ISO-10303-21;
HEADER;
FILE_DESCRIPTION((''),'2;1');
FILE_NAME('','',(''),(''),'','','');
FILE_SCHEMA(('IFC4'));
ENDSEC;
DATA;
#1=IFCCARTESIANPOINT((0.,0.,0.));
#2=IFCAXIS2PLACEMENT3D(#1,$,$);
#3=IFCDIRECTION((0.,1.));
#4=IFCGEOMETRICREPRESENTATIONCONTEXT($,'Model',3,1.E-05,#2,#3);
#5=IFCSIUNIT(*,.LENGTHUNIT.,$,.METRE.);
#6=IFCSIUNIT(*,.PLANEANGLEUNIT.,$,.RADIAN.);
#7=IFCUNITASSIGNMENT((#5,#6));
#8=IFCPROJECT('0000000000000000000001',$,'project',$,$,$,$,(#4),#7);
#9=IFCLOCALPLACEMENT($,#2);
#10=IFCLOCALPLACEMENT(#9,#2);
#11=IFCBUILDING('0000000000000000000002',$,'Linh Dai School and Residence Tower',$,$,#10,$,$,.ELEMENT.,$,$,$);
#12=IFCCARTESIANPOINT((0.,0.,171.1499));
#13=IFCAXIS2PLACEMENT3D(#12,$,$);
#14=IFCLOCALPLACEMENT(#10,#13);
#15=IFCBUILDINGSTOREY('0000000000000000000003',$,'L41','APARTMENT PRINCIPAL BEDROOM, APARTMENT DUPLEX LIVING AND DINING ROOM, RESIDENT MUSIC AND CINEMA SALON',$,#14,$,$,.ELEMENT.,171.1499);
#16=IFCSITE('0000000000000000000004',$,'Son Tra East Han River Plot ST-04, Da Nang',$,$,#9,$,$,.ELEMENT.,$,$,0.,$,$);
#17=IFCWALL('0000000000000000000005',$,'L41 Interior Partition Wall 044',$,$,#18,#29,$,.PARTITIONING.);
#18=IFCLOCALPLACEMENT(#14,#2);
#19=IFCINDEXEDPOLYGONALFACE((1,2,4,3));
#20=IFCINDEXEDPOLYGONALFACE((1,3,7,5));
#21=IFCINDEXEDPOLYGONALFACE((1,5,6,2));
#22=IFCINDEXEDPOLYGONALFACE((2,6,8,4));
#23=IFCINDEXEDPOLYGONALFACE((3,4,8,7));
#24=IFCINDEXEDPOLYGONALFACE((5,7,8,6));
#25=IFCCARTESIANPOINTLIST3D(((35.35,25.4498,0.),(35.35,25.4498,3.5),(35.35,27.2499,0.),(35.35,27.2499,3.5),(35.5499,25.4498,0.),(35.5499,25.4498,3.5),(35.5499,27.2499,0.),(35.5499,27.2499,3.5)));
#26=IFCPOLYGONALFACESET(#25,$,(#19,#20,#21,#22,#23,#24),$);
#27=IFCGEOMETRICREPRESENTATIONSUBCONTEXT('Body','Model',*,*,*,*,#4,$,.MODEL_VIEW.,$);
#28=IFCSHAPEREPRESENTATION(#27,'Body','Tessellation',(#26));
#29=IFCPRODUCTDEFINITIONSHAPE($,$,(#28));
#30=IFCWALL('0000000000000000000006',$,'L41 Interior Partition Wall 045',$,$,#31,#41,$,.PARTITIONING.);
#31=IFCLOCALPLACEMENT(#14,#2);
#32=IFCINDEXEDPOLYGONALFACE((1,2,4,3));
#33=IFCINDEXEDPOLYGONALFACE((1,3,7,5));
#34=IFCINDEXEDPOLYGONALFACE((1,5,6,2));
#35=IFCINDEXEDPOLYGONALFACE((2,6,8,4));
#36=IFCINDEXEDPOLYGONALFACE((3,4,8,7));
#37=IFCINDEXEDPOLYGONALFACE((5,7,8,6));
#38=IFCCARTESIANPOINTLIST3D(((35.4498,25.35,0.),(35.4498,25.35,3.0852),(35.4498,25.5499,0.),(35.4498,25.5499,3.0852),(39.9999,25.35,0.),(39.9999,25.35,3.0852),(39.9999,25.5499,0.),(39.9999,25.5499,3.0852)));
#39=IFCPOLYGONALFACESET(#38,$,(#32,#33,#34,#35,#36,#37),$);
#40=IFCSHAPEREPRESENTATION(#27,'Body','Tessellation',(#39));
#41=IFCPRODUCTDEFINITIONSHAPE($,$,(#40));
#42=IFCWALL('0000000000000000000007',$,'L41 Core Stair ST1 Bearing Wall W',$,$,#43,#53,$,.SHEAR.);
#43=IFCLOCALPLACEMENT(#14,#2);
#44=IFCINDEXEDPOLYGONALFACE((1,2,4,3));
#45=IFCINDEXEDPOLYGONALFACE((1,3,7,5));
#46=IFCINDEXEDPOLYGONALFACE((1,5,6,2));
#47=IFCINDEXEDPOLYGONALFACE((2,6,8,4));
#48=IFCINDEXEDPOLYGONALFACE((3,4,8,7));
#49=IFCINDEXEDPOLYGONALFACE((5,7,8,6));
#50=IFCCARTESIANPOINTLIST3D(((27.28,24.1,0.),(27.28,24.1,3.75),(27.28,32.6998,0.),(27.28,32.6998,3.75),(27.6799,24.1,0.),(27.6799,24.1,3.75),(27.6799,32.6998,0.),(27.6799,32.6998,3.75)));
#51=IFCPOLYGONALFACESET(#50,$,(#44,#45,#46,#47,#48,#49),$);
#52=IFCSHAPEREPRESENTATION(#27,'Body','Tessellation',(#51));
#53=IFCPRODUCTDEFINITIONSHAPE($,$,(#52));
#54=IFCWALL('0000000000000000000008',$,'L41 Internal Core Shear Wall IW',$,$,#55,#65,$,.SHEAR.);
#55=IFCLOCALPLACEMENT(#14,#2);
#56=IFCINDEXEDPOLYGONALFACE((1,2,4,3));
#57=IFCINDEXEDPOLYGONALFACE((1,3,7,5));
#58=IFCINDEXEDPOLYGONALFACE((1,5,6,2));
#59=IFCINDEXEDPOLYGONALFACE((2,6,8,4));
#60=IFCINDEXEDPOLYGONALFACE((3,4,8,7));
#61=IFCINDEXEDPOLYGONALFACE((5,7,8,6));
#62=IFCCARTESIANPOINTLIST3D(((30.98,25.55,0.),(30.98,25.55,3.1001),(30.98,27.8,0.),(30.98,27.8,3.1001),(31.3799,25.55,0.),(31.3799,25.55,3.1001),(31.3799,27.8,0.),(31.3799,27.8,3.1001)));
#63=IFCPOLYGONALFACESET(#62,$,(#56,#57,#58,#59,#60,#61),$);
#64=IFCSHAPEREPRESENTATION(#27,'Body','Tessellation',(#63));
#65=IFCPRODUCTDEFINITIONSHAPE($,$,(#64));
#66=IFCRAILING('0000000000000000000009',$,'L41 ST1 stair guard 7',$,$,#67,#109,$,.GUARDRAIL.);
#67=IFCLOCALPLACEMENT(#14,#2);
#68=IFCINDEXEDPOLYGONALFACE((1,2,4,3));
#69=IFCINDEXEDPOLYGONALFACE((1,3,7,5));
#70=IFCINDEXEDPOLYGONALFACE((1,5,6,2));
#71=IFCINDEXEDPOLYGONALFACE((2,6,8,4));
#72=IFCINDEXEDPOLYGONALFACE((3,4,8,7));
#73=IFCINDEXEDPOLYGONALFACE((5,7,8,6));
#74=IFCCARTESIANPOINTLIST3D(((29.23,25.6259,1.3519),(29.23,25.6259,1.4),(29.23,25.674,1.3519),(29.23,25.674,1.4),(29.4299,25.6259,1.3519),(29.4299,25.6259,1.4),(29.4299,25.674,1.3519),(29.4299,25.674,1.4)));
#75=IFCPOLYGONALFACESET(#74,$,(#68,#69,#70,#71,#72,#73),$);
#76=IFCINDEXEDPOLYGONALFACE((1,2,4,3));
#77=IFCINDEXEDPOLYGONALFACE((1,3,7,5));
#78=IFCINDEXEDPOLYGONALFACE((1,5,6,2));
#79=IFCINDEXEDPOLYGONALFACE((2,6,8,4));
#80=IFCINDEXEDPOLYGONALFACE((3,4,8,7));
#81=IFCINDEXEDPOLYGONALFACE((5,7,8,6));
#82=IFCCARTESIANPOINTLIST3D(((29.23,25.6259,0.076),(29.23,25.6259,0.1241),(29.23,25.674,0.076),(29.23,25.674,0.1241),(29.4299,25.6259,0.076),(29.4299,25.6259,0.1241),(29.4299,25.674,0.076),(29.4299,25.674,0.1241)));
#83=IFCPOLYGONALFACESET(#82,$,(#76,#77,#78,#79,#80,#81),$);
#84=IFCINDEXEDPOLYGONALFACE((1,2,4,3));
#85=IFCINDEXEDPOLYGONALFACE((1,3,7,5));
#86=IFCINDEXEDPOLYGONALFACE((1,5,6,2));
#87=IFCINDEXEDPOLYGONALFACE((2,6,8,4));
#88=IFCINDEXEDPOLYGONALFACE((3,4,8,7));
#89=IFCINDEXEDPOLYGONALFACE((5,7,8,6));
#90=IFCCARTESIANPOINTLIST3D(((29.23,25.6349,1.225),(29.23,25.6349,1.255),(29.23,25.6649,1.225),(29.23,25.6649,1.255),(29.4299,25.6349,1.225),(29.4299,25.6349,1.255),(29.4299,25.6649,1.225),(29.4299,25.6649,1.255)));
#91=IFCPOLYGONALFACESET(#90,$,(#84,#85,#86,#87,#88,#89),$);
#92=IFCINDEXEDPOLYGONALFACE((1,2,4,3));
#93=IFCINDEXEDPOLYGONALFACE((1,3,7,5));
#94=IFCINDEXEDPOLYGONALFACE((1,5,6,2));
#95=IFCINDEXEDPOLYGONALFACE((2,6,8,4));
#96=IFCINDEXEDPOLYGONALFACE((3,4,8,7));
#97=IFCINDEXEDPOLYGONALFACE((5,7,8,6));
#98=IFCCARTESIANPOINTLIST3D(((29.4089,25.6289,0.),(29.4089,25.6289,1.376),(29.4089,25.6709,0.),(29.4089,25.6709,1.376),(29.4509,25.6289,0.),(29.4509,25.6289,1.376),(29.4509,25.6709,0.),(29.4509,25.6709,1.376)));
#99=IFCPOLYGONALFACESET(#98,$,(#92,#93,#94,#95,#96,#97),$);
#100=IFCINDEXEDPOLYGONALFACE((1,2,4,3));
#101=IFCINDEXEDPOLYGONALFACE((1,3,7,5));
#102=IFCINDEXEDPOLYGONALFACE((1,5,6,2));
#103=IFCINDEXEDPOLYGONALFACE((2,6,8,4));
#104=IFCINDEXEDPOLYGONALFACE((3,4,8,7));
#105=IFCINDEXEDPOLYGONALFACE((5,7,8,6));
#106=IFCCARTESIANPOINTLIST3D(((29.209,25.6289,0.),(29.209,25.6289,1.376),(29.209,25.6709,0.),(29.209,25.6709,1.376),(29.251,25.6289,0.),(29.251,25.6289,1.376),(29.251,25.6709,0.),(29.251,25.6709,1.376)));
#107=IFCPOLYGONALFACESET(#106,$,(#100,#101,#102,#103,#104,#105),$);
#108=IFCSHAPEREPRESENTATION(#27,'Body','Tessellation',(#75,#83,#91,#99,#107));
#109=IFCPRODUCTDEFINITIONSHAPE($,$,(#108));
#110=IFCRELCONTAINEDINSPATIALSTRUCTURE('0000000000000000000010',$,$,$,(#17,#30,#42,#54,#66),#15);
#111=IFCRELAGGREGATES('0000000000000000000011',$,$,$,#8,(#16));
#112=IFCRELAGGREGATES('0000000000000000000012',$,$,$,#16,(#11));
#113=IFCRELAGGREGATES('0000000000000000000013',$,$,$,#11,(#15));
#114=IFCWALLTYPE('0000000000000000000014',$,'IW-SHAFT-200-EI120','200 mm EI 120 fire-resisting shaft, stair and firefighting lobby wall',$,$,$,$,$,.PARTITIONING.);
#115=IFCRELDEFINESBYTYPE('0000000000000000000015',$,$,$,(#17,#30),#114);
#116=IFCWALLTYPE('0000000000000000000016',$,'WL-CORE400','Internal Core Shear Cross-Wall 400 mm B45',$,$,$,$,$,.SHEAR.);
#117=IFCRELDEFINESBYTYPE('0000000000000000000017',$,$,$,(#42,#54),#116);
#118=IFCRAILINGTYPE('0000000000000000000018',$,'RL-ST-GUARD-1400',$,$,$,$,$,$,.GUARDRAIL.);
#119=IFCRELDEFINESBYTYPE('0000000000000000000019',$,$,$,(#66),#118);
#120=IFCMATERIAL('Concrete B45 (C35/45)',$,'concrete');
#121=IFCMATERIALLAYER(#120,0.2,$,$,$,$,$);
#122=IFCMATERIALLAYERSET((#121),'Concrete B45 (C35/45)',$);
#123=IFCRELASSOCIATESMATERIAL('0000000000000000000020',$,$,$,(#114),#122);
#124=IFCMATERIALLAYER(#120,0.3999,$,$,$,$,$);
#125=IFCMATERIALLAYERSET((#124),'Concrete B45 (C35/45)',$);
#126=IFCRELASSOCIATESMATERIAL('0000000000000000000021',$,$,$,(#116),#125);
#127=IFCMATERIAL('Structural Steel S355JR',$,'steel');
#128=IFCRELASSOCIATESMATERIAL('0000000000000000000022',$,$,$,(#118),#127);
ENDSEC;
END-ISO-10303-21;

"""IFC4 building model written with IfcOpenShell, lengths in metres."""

from ifc_helpers import new_model, si_unit, direction, frame, frame_2d, origin, origin_2d, place, context, subcontext, project, spatial, rectangle, extrude, source, transform, mapped, material, layer, layer_set, type_object, element, save


model = new_model("IFC4")

# Units and contexts
model_context = context("Model", 3, precision=1e-05, world=origin(), true_north=direction((0.0, 1.0)))
body_context = subcontext(model_context, "Body", "Model", "MODEL_VIEW")
ifc_project = project(units=[si_unit("LENGTHUNIT", "METRE"), si_unit("PLANEANGLEUNIT", "RADIAN")], contexts=[model_context])

# Site, building, storey
site_placement = place(None, origin())
site = spatial("IfcSite", under=ifc_project, at=site_placement, Name="Son Tra East Han River Plot ST-04, Da Nang", CompositionType="ELEMENT", RefElevation=0.0)
building_placement = place(site_placement, origin())
building = spatial("IfcBuilding", under=site, at=building_placement, Name="Linh Dai School and Residence Tower", CompositionType="ELEMENT")
storey_placement = place(building_placement, frame((0.0, 0.0, 171.1499)))
storey = spatial("IfcBuildingStorey", under=building, at=storey_placement, Name="L41", Description="APARTMENT PRINCIPAL BEDROOM, APARTMENT DUPLEX LIVING AND DINING ROOM, RESIDENT MUSIC AND CINEMA SALON", CompositionType="ELEMENT", Elevation=171.1499)

# Shared definitions
ifc_material_1 = material(Name="Structural Steel S355JR", Category="steel")

# Shared definitions
ifc_material_2 = material(Name="Concrete B45 (C35/45)", Category="concrete")
ifc_layer_1 = layer(ifc_material_2, 0.2)
ifc_layer_set_1 = layer_set([ifc_layer_1], Name="Concrete B45 (C35/45)")
wall_type_1 = type_object("IfcWallType", Name="IW-SHAFT-200-EI120", Description="200 mm EI 120 fire-resisting shaft, stair and firefighting lobby wall", PredefinedType="PARTITIONING", material=ifc_layer_set_1)

# Walls
wall_1_placement = place(storey_placement, frame((35.45, 25.45, 0.0), z_axis=(0.0, 0.0, 1.0), x_axis=(0.0, 1.0, 0.0)))
element("IfcWall", 1, at=wall_1_placement, inside=storey, type_object=wall_type_1, Name="L41 Interior Partition Wall 044", PredefinedType="PARTITIONING", context=body_context, shape_type="SweptSolid", body=[
    extrude(rectangle(XDim=1.8, YDim=0.2, at=frame_2d((0.8999, 0.0))), origin(), (0.0, 0.0, 1.0), 3.5),
])
wall_2_placement = place(storey_placement, frame((35.45, 25.45, 0.0), z_axis=(0.0, 0.0, 1.0), x_axis=(1.0, 0.0, 0.0)))
element("IfcWall", 2, at=wall_2_placement, inside=storey, type_object=wall_type_1, Name="L41 Interior Partition Wall 045", PredefinedType="PARTITIONING", context=body_context, shape_type="SweptSolid", body=[
    extrude(rectangle(XDim=4.55, YDim=0.2, at=frame_2d((2.2749, 0.0))), origin(), (0.0, 0.0, 1.0), 3.0852),
])
ifc_layer_2 = layer(ifc_material_2, 0.3999)
ifc_layer_set_2 = layer_set([ifc_layer_2], Name="Concrete B45 (C35/45)")
wall_type_2 = type_object("IfcWallType", Name="WL-CORE400", Description="Internal Core Shear Cross-Wall 400 mm B45", PredefinedType="SHEAR", material=ifc_layer_set_2)
wall_3_placement = place(storey_placement, frame((27.48, 24.1001, 0.0), z_axis=(0.0, 0.0, 1.0), x_axis=(0.0, 1.0, 0.0)))
element("IfcWall", 3, at=wall_3_placement, inside=storey, type_object=wall_type_2, Name="L41 Core Stair ST1 Bearing Wall W", PredefinedType="SHEAR", context=body_context, shape_type="SweptSolid", body=[
    extrude(rectangle(XDim=8.5999, YDim=0.3999, at=frame_2d((4.2998, 0.0))), origin(), (0.0, 0.0, 1.0), 3.75),
])
wall_4_placement = place(storey_placement, frame((31.1799, 25.55, 0.0), z_axis=(0.0, 0.0, 1.0), x_axis=(0.0, 1.0, 0.0)))
element("IfcWall", 4, at=wall_4_placement, inside=storey, type_object=wall_type_2, Name="L41 Internal Core Shear Wall IW", PredefinedType="SHEAR", context=body_context, shape_type="SweptSolid", body=[
    extrude(rectangle(XDim=2.25, YDim=0.3999, at=frame_2d((1.125, 0.0))), origin(), (0.0, 0.0, 1.0), 3.1001),
])

# Railing
railing_type = type_object("IfcRailingType", Name="RL-ST-GUARD-1400", PredefinedType="GUARDRAIL", material=ifc_material_1)
shared_shape_1 = source(origin(), body_context, "Body", "SweptSolid", [
    extrude(rectangle(XDim=0.0481, YDim=0.0481, at=origin_2d()), frame((0.0, 0.0, 1.376), z_axis=(-1.0, 0.0, 0.0), x_axis=(0.0, -1.0, 0.0)), (0.0, 0.0, 1.0), 0.2),
    extrude(rectangle(XDim=0.0481, YDim=0.0481, at=origin_2d()), frame((0.0, 0.0, 0.1001), z_axis=(-1.0, 0.0, 0.0), x_axis=(0.0, -1.0, 0.0)), (0.0, 0.0, 1.0), 0.2),
    extrude(rectangle(XDim=0.03, YDim=0.03, at=origin_2d()), frame((0.0, 0.0, 1.24), z_axis=(-1.0, 0.0, 0.0), x_axis=(0.0, -1.0, 0.0)), (0.0, 0.0, 1.0), 0.2),
    extrude(rectangle(XDim=0.042, YDim=0.042, at=origin_2d()), origin(), (0.0, 0.0, 1.0), 1.376),
    extrude(rectangle(XDim=0.042, YDim=0.042, at=origin_2d()), frame((-0.2, 0.0, 0.0)), (0.0, 0.0, 1.0), 1.376),
])
railing_1_placement = place(storey_placement, frame((29.4299, 25.6499, 0.0)))
element("IfcRailing", 5, at=railing_1_placement, inside=storey, type_object=railing_type, Name="L41 ST1 stair guard 7", PredefinedType="GUARDRAIL", context=body_context, shape_type="MappedRepresentation", body=[
    mapped(shared_shape_1, transform((0.0, 0.0, 0.0), x_axis=(1.0, 0.0, 0.0), y_axis=(0.0, 1.0, 0.0), z_axis=(0.0, 0.0, 1.0), scale=1.0)),
])

save(model, "model.ifc")
